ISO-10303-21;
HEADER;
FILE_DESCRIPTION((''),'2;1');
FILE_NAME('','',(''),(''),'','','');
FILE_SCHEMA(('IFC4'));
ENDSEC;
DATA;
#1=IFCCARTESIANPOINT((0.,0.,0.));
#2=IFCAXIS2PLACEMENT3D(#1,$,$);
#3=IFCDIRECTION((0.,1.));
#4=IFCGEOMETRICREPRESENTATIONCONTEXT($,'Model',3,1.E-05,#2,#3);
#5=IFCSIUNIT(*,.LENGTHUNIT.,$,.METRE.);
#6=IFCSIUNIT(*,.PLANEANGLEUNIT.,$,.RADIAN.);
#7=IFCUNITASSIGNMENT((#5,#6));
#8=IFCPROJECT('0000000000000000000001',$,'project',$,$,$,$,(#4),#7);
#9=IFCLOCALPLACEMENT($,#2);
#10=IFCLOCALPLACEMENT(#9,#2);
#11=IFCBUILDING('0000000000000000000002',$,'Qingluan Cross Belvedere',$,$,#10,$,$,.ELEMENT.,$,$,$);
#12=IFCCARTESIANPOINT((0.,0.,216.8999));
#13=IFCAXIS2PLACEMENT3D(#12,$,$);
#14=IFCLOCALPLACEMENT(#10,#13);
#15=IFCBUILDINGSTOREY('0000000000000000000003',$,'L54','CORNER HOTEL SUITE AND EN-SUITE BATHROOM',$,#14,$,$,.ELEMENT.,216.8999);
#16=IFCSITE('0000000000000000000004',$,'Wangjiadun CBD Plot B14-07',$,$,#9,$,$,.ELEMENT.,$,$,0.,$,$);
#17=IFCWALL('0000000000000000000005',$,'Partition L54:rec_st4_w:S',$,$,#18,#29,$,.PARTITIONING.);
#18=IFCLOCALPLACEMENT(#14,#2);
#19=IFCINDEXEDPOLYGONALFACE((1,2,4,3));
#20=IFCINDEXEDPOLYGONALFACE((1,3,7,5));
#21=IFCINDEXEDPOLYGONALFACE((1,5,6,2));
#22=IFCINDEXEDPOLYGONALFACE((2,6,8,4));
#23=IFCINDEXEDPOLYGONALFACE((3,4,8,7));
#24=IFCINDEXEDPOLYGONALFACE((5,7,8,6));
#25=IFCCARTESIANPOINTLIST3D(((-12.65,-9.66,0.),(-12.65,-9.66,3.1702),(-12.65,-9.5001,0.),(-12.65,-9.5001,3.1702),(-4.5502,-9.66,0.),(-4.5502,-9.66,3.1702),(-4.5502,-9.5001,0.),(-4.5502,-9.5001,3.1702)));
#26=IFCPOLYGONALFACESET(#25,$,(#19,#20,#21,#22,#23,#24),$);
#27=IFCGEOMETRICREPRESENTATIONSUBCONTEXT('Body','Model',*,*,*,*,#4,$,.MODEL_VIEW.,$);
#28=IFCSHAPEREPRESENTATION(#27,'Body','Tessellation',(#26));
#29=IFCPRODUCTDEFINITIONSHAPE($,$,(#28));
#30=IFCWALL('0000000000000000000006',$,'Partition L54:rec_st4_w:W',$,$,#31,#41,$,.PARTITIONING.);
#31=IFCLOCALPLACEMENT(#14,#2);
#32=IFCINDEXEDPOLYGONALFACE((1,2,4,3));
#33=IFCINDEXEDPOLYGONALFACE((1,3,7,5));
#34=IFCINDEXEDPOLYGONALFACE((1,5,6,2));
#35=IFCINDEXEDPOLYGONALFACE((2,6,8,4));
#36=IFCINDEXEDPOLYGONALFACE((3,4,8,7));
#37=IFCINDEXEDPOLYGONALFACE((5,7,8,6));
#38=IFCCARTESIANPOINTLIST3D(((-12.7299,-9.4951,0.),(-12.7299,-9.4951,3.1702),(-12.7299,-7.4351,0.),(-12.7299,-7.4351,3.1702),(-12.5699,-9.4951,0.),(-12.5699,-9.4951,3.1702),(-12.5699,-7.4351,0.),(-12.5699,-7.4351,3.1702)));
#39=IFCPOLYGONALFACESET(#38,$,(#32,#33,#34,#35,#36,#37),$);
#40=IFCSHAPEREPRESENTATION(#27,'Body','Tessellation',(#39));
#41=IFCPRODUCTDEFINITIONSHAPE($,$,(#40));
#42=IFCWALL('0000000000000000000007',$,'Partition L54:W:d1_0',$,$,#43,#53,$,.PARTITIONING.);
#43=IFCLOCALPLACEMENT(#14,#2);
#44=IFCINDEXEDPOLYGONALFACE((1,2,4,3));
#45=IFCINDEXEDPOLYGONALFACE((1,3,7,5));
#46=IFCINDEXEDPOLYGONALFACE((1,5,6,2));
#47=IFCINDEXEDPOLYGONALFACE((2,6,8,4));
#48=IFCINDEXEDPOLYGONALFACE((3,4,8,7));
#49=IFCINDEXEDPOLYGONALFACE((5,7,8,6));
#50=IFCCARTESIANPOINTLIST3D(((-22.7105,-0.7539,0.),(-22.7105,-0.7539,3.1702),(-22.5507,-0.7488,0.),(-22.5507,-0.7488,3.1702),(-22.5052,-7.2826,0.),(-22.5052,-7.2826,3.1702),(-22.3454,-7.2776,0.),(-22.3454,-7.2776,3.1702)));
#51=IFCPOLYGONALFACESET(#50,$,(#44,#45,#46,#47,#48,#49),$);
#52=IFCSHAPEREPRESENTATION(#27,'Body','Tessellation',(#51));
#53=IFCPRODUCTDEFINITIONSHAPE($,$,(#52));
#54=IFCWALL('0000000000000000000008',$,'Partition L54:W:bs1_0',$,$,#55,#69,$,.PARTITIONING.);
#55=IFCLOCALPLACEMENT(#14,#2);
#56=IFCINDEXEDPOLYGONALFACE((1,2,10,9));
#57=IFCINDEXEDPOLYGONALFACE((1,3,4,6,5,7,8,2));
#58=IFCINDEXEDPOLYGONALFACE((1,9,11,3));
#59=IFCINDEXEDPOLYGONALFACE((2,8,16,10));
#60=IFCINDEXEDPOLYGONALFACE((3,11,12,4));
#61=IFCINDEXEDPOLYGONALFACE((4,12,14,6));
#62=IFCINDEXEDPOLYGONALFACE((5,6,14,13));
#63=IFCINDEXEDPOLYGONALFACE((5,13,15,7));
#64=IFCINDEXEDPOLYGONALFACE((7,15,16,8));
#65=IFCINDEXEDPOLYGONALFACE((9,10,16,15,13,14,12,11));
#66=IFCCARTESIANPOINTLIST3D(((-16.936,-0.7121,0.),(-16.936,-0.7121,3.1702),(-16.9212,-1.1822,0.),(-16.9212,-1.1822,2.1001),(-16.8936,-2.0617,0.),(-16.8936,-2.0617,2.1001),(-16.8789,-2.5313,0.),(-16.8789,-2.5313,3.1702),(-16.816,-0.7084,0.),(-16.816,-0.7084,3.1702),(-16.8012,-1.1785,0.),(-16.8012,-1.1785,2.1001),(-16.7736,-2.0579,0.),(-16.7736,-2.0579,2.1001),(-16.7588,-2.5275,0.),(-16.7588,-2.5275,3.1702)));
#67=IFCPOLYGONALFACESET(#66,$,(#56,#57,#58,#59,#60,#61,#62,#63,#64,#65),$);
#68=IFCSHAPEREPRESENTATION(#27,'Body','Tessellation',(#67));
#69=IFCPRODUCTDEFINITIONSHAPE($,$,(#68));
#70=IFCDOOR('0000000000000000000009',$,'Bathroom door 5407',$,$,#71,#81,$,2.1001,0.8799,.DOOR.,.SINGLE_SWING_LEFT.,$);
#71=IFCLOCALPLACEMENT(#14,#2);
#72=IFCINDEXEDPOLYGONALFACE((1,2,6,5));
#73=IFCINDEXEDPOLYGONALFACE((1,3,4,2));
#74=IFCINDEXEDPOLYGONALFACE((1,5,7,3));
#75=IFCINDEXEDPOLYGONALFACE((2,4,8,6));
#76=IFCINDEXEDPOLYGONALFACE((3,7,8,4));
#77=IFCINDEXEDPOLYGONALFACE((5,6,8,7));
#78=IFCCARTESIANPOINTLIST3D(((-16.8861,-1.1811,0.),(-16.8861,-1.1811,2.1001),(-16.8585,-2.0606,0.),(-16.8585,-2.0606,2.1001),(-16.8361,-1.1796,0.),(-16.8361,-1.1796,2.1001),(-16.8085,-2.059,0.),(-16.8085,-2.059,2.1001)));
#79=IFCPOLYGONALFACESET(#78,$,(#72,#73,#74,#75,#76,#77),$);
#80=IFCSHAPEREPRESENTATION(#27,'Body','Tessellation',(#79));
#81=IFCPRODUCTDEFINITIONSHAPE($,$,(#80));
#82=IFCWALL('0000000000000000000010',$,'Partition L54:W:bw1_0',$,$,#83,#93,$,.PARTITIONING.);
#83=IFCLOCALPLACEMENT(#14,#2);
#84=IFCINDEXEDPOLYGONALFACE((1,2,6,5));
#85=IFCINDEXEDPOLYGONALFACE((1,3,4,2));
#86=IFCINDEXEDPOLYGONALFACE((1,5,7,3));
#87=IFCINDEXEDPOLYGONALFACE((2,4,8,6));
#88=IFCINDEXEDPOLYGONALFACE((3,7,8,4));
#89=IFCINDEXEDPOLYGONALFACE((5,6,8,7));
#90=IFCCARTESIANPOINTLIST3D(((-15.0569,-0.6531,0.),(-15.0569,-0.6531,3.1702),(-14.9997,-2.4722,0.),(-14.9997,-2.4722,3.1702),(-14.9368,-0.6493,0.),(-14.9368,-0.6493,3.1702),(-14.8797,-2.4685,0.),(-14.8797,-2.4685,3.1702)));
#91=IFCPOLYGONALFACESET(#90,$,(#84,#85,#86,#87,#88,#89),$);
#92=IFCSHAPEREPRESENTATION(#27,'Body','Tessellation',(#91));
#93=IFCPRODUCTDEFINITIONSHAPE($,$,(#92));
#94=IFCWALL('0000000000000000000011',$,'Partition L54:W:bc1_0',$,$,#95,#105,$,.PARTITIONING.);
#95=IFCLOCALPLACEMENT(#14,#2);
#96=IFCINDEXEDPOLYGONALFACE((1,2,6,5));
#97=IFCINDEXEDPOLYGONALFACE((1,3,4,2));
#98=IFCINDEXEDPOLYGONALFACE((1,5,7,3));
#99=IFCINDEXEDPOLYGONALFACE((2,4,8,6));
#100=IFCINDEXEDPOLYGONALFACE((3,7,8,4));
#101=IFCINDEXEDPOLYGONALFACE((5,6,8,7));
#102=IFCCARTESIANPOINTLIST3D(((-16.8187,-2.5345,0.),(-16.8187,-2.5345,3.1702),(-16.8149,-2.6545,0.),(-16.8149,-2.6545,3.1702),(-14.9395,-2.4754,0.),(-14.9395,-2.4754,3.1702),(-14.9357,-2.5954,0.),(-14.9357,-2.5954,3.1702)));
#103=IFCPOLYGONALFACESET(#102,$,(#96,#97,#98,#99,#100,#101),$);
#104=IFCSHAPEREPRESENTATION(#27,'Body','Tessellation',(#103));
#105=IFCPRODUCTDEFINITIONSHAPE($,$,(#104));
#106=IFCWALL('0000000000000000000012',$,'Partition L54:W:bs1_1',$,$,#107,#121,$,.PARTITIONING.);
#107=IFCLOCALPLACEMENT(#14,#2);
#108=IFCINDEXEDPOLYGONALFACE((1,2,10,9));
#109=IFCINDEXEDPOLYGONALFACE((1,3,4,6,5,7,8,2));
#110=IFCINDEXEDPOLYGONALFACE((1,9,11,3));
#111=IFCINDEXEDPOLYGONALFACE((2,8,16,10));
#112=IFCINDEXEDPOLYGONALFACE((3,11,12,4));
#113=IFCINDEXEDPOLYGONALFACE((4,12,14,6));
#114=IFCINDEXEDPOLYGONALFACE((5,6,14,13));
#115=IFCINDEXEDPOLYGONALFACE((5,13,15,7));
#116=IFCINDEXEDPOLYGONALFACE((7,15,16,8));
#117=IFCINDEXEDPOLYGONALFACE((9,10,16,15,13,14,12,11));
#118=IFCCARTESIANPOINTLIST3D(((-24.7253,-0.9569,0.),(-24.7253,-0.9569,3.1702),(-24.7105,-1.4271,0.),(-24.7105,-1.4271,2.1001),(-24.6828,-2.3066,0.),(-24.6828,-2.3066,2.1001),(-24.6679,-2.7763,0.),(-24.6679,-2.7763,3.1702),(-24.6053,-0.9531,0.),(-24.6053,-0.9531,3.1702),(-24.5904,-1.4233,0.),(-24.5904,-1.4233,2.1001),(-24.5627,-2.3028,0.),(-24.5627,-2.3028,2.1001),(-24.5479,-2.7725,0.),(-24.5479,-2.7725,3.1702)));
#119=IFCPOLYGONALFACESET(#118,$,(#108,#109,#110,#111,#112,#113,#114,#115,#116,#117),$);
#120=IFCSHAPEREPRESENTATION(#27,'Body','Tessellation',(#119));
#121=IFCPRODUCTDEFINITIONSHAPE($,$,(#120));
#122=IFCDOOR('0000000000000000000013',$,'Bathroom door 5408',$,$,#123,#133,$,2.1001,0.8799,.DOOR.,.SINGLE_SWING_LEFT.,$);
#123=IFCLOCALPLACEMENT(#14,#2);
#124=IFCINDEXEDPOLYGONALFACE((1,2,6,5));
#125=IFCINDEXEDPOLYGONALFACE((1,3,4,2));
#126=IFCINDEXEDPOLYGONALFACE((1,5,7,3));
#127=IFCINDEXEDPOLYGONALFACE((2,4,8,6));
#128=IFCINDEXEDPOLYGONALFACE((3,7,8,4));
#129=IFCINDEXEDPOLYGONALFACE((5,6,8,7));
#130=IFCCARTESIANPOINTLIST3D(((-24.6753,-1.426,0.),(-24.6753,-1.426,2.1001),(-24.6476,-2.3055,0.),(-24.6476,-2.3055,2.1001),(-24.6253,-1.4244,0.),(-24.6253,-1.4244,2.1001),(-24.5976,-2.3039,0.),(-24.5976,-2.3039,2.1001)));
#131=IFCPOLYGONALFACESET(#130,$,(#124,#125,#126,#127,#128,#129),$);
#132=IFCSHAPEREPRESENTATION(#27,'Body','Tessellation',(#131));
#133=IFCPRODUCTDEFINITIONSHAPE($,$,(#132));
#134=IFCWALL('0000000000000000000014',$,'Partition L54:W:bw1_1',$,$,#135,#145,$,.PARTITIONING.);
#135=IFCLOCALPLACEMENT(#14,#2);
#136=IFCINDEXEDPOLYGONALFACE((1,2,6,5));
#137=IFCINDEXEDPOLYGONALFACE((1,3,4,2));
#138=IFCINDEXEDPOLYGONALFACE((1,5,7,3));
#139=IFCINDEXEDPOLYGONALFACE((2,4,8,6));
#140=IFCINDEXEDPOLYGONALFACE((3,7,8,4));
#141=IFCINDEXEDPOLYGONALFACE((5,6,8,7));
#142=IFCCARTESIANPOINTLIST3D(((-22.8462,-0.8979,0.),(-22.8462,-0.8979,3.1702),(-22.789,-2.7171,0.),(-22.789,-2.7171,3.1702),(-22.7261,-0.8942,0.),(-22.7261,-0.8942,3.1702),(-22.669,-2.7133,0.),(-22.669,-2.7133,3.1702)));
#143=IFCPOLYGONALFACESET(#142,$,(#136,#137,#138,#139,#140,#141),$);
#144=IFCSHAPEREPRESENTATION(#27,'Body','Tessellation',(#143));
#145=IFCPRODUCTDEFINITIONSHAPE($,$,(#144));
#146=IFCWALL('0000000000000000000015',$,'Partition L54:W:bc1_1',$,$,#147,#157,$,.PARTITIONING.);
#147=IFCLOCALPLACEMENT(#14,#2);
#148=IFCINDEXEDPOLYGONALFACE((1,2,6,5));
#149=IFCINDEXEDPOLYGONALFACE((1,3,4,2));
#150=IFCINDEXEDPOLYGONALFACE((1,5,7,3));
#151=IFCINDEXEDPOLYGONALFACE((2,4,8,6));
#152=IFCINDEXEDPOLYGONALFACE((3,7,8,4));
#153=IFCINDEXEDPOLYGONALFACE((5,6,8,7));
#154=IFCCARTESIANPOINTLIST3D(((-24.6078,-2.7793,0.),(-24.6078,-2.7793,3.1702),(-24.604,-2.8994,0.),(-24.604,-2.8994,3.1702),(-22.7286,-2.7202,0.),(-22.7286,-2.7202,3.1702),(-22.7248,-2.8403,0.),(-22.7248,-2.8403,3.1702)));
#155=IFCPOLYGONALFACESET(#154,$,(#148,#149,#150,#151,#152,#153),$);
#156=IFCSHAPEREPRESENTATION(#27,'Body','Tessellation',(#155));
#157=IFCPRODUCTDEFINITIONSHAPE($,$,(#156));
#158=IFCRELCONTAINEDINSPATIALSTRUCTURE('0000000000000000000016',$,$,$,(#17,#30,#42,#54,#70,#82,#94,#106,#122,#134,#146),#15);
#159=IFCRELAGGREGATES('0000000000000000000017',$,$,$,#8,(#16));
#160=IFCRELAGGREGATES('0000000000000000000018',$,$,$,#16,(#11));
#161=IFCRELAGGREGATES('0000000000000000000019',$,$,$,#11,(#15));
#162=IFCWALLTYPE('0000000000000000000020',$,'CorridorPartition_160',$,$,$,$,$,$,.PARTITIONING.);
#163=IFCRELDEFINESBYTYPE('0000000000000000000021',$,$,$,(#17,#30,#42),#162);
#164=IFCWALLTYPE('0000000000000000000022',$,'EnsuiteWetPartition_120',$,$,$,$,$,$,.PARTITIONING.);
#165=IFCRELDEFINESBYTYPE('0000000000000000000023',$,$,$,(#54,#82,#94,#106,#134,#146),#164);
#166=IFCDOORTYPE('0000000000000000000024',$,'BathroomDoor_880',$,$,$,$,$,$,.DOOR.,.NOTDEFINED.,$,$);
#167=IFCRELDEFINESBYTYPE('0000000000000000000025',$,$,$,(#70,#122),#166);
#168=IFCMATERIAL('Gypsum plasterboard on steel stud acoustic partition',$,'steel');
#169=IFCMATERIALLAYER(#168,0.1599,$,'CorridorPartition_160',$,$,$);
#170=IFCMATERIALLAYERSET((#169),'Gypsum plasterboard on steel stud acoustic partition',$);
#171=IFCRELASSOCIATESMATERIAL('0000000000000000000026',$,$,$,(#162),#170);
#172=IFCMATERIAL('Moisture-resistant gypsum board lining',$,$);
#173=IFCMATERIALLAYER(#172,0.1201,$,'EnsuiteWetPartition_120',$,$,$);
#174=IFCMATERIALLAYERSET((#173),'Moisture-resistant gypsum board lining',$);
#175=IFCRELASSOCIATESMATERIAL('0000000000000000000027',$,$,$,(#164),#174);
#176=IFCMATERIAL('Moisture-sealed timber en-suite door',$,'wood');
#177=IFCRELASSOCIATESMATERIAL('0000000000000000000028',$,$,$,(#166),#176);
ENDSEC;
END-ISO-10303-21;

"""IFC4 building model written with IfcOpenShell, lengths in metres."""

from ifc_helpers import new_model, si_unit, direction, frame, frame_2d, origin, place, context, subcontext, project, spatial, rectangle, extrude, material, layer, layer_set, type_object, element, fill, save


model = new_model("IFC4")

# Units and contexts
model_context = context("Model", 3, precision=1e-05, world=origin(), true_north=direction((0.0, 1.0)))
body_context = subcontext(model_context, "Body", "Model", "MODEL_VIEW")
ifc_project = project(units=[si_unit("LENGTHUNIT", "METRE"), si_unit("PLANEANGLEUNIT", "RADIAN")], contexts=[model_context])

# Site, building, storey
site_placement = place(None, origin())
site = spatial("IfcSite", under=ifc_project, at=site_placement, Name="Wangjiadun CBD Plot B14-07", CompositionType="ELEMENT", RefElevation=0.0)
building_placement = place(site_placement, origin())
building = spatial("IfcBuilding", under=site, at=building_placement, Name="Qingluan Cross Belvedere", CompositionType="ELEMENT")
storey_placement = place(building_placement, frame((0.0, 0.0, 216.8999)))
storey = spatial("IfcBuildingStorey", under=building, at=storey_placement, Name="L54", Description="CORNER HOTEL SUITE AND EN-SUITE BATHROOM", CompositionType="ELEMENT", Elevation=216.8999)

# Walls
ifc_material_1 = material(Name="Gypsum plasterboard on steel stud acoustic partition", Category="steel")
ifc_layer_1 = layer(ifc_material_1, 0.1599, Name="CorridorPartition_160")
ifc_layer_set_1 = layer_set([ifc_layer_1], Name="Gypsum plasterboard on steel stud acoustic partition")
wall_type_1 = type_object("IfcWallType", Name="CorridorPartition_160", PredefinedType="PARTITIONING", material=ifc_layer_set_1)
wall_1_placement = place(storey_placement, frame((-12.6499, -9.5801, 0.0), z_axis=(0.0, 0.0, 1.0), x_axis=(1.0, 0.0, 0.0)))
element("IfcWall", 1, at=wall_1_placement, inside=storey, type_object=wall_type_1, Name="Partition L54:rec_st4_w:S", PredefinedType="PARTITIONING", context=body_context, shape_type="SweptSolid", body=[
    extrude(rectangle(XDim=8.0999, YDim=0.1599, at=frame_2d((4.0498, 0.0))), origin(), (0.0, 0.0, 1.0), 3.1702),
])
wall_2_placement = place(storey_placement, frame((-12.6499, -9.4951, 0.0), z_axis=(0.0, 0.0, 1.0), x_axis=(0.0, 1.0, 0.0)))
element("IfcWall", 2, at=wall_2_placement, inside=storey, type_object=wall_type_1, Name="Partition L54:rec_st4_w:W", PredefinedType="PARTITIONING", context=body_context, shape_type="SweptSolid", body=[
    extrude(rectangle(XDim=2.0601, YDim=0.1599, at=frame_2d((1.03, 0.0))), origin(), (0.0, 0.0, 1.0), 3.1702),
])
wall_3_placement = place(storey_placement, frame((-22.6306, -0.7512, 0.0), z_axis=(0.0, 0.0, 1.0), x_axis=(0.031433, -0.999506, 0.0)))
element("IfcWall", 3, at=wall_3_placement, inside=storey, type_object=wall_type_1, Name="Partition L54:W:d1_0", PredefinedType="PARTITIONING", context=body_context, shape_type="SweptSolid", body=[
    extrude(rectangle(XDim=6.532, YDim=0.1599, at=frame_2d((3.2661, 0.0))), origin(), (0.0, 0.0, 1.0), 3.1702),
])

# Wall, opening, door
ifc_material_2 = material(Name="Moisture-resistant gypsum board lining")
ifc_layer_2 = layer(ifc_material_2, 0.1201, Name="EnsuiteWetPartition_120")
ifc_layer_set_2 = layer_set([ifc_layer_2], Name="Moisture-resistant gypsum board lining")
wall_type_2 = type_object("IfcWallType", Name="EnsuiteWetPartition_120", PredefinedType="PARTITIONING", material=ifc_layer_set_2)
wall_4_placement = place(storey_placement, frame((-16.8188, -2.5295, 0.0), z_axis=(0.0, 0.0, 1.0), x_axis=(-0.03139, 0.999507, 0.0)))
wall_4 = element("IfcWall", 4, at=wall_4_placement, inside=storey, type_object=wall_type_2, Name="Partition L54:W:bs1_0", PredefinedType="PARTITIONING", context=body_context, shape_type="SweptSolid", body=[
    extrude(rectangle(XDim=1.8201, YDim=0.1201, at=frame_2d((0.9102, 0.0))), origin(), (0.0, 0.0, 1.0), 3.1702),
])
opening_1_placement = place(wall_4_placement, frame((0.47, 0.0, 0.0)))
opening_1 = element("IfcOpeningElement", 5, at=opening_1_placement, cuts=wall_4, PredefinedType="OPENING", context=body_context, shape_type="SweptSolid", body=[
    extrude(rectangle(XDim=0.8799, YDim=2.1001, at=frame_2d((0.4399, 1.05))), frame((0.0, 0.0701, 0.0), z_axis=(0.0, -1.0, 0.0), x_axis=(1.0, 0.0, 0.0)), (0.0, 0.0, 1.0), 0.1401),
])
ifc_material_3 = material(Name="Moisture-sealed timber en-suite door", Category="wood")
door_type_1 = type_object("IfcDoorType", Name="BathroomDoor_880", OperationType="NOTDEFINED", PredefinedType="DOOR", material=ifc_material_3)
door_1_placement = place(opening_1_placement, origin())
door_1 = element("IfcDoor", 6, at=door_1_placement, inside=storey, type_object=door_type_1, Name="Bathroom door 5407", OperationType="SINGLE_SWING_LEFT", OverallHeight=2.1001, OverallWidth=0.8799, PredefinedType="DOOR", context=body_context, shape_type="SweptSolid", body=[
    extrude(rectangle(XDim=0.8799, YDim=2.1001, at=frame_2d((0.4399, 1.05))), frame((0.0, 0.0249, 0.0), z_axis=(0.0, -1.0, 0.0), x_axis=(1.0, 0.0, 0.0)), (0.0, 0.0, 1.0), 0.05),
])
fill(opening_1, door_1)

# Walls
wall_5_placement = place(storey_placement, frame((-14.9397, -2.4705, 0.0), z_axis=(0.0, 0.0, 1.0), x_axis=(-0.03139, 0.999507, 0.0)))
element("IfcWall", 7, at=wall_5_placement, inside=storey, type_object=wall_type_2, Name="Partition L54:W:bw1_0", PredefinedType="PARTITIONING", context=body_context, shape_type="SweptSolid", body=[
    extrude(rectangle(XDim=1.8201, YDim=0.1201, at=frame_2d((0.9102, 0.0))), origin(), (0.0, 0.0, 1.0), 3.1702),
])
wall_6_placement = place(storey_placement, frame((-14.9377, -2.5354, 0.0), z_axis=(0.0, 0.0, 1.0), x_axis=(-0.999506, -0.031425, 0.0)))
element("IfcWall", 8, at=wall_6_placement, inside=storey, type_object=wall_type_2, Name="Partition L54:W:bc1_0", PredefinedType="PARTITIONING", context=body_context, shape_type="SweptSolid", body=[
    extrude(rectangle(XDim=1.8801, YDim=0.1201, at=frame_2d((0.9399, 0.0))), origin(), (0.0, 0.0, 1.0), 3.1702),
])

# Wall, opening, door
wall_7_placement = place(storey_placement, frame((-24.6079, -2.7744, 0.0), z_axis=(0.0, 0.0, 1.0), x_axis=(-0.031519, 0.999503, 0.0)))
wall_7 = element("IfcWall", 9, at=wall_7_placement, inside=storey, type_object=wall_type_2, Name="Partition L54:W:bs1_1", PredefinedType="PARTITIONING", context=body_context, shape_type="SweptSolid", body=[
    extrude(rectangle(XDim=1.8203, YDim=0.1201, at=frame_2d((0.9102, 0.0))), origin(), (0.0, 0.0, 1.0), 3.1702),
])
opening_2_placement = place(wall_7_placement, frame((0.47, 0.0, 0.0)))
opening_2 = element("IfcOpeningElement", 10, at=opening_2_placement, cuts=wall_7, PredefinedType="OPENING", context=body_context, shape_type="SweptSolid", body=[
    extrude(rectangle(XDim=0.8799, YDim=2.1001, at=frame_2d((0.4399, 1.05))), frame((0.0, 0.0701, 0.0), z_axis=(0.0, -1.0, 0.0), x_axis=(1.0, 0.0, 0.0)), (0.0, 0.0, 1.0), 0.1401),
])
door_2_placement = place(opening_2_placement, origin())
door_2 = element("IfcDoor", 11, at=door_2_placement, inside=storey, type_object=door_type_1, Name="Bathroom door 5408", OperationType="SINGLE_SWING_LEFT", OverallHeight=2.1001, OverallWidth=0.8799, PredefinedType="DOOR", context=body_context, shape_type="SweptSolid", body=[
    extrude(rectangle(XDim=0.8799, YDim=2.1001, at=frame_2d((0.4399, 1.05))), frame((0.0, 0.0249, 0.0), z_axis=(0.0, -1.0, 0.0), x_axis=(1.0, 0.0, 0.0)), (0.0, 0.0, 1.0), 0.05),
])
fill(opening_2, door_2)

# Walls
wall_8_placement = place(storey_placement, frame((-22.729, -2.7153, 0.0), z_axis=(0.0, 0.0, 1.0), x_axis=(-0.03139, 0.999507, 0.0)))
element("IfcWall", 12, at=wall_8_placement, inside=storey, type_object=wall_type_2, Name="Partition L54:W:bw1_1", PredefinedType="PARTITIONING", context=body_context, shape_type="SweptSolid", body=[
    extrude(rectangle(XDim=1.8201, YDim=0.1201, at=frame_2d((0.9102, 0.0))), origin(), (0.0, 0.0, 1.0), 3.1702),
])
wall_9_placement = place(storey_placement, frame((-22.7268, -2.7803, 0.0), z_axis=(0.0, 0.0, 1.0), x_axis=(-0.999506, -0.031425, 0.0)))
element("IfcWall", 13, at=wall_9_placement, inside=storey, type_object=wall_type_2, Name="Partition L54:W:bc1_1", PredefinedType="PARTITIONING", context=body_context, shape_type="SweptSolid", body=[
    extrude(rectangle(XDim=1.8801, YDim=0.1201, at=frame_2d((0.9399, 0.0))), origin(), (0.0, 0.0, 1.0), 3.1702),
])

save(model, "model.ifc")
